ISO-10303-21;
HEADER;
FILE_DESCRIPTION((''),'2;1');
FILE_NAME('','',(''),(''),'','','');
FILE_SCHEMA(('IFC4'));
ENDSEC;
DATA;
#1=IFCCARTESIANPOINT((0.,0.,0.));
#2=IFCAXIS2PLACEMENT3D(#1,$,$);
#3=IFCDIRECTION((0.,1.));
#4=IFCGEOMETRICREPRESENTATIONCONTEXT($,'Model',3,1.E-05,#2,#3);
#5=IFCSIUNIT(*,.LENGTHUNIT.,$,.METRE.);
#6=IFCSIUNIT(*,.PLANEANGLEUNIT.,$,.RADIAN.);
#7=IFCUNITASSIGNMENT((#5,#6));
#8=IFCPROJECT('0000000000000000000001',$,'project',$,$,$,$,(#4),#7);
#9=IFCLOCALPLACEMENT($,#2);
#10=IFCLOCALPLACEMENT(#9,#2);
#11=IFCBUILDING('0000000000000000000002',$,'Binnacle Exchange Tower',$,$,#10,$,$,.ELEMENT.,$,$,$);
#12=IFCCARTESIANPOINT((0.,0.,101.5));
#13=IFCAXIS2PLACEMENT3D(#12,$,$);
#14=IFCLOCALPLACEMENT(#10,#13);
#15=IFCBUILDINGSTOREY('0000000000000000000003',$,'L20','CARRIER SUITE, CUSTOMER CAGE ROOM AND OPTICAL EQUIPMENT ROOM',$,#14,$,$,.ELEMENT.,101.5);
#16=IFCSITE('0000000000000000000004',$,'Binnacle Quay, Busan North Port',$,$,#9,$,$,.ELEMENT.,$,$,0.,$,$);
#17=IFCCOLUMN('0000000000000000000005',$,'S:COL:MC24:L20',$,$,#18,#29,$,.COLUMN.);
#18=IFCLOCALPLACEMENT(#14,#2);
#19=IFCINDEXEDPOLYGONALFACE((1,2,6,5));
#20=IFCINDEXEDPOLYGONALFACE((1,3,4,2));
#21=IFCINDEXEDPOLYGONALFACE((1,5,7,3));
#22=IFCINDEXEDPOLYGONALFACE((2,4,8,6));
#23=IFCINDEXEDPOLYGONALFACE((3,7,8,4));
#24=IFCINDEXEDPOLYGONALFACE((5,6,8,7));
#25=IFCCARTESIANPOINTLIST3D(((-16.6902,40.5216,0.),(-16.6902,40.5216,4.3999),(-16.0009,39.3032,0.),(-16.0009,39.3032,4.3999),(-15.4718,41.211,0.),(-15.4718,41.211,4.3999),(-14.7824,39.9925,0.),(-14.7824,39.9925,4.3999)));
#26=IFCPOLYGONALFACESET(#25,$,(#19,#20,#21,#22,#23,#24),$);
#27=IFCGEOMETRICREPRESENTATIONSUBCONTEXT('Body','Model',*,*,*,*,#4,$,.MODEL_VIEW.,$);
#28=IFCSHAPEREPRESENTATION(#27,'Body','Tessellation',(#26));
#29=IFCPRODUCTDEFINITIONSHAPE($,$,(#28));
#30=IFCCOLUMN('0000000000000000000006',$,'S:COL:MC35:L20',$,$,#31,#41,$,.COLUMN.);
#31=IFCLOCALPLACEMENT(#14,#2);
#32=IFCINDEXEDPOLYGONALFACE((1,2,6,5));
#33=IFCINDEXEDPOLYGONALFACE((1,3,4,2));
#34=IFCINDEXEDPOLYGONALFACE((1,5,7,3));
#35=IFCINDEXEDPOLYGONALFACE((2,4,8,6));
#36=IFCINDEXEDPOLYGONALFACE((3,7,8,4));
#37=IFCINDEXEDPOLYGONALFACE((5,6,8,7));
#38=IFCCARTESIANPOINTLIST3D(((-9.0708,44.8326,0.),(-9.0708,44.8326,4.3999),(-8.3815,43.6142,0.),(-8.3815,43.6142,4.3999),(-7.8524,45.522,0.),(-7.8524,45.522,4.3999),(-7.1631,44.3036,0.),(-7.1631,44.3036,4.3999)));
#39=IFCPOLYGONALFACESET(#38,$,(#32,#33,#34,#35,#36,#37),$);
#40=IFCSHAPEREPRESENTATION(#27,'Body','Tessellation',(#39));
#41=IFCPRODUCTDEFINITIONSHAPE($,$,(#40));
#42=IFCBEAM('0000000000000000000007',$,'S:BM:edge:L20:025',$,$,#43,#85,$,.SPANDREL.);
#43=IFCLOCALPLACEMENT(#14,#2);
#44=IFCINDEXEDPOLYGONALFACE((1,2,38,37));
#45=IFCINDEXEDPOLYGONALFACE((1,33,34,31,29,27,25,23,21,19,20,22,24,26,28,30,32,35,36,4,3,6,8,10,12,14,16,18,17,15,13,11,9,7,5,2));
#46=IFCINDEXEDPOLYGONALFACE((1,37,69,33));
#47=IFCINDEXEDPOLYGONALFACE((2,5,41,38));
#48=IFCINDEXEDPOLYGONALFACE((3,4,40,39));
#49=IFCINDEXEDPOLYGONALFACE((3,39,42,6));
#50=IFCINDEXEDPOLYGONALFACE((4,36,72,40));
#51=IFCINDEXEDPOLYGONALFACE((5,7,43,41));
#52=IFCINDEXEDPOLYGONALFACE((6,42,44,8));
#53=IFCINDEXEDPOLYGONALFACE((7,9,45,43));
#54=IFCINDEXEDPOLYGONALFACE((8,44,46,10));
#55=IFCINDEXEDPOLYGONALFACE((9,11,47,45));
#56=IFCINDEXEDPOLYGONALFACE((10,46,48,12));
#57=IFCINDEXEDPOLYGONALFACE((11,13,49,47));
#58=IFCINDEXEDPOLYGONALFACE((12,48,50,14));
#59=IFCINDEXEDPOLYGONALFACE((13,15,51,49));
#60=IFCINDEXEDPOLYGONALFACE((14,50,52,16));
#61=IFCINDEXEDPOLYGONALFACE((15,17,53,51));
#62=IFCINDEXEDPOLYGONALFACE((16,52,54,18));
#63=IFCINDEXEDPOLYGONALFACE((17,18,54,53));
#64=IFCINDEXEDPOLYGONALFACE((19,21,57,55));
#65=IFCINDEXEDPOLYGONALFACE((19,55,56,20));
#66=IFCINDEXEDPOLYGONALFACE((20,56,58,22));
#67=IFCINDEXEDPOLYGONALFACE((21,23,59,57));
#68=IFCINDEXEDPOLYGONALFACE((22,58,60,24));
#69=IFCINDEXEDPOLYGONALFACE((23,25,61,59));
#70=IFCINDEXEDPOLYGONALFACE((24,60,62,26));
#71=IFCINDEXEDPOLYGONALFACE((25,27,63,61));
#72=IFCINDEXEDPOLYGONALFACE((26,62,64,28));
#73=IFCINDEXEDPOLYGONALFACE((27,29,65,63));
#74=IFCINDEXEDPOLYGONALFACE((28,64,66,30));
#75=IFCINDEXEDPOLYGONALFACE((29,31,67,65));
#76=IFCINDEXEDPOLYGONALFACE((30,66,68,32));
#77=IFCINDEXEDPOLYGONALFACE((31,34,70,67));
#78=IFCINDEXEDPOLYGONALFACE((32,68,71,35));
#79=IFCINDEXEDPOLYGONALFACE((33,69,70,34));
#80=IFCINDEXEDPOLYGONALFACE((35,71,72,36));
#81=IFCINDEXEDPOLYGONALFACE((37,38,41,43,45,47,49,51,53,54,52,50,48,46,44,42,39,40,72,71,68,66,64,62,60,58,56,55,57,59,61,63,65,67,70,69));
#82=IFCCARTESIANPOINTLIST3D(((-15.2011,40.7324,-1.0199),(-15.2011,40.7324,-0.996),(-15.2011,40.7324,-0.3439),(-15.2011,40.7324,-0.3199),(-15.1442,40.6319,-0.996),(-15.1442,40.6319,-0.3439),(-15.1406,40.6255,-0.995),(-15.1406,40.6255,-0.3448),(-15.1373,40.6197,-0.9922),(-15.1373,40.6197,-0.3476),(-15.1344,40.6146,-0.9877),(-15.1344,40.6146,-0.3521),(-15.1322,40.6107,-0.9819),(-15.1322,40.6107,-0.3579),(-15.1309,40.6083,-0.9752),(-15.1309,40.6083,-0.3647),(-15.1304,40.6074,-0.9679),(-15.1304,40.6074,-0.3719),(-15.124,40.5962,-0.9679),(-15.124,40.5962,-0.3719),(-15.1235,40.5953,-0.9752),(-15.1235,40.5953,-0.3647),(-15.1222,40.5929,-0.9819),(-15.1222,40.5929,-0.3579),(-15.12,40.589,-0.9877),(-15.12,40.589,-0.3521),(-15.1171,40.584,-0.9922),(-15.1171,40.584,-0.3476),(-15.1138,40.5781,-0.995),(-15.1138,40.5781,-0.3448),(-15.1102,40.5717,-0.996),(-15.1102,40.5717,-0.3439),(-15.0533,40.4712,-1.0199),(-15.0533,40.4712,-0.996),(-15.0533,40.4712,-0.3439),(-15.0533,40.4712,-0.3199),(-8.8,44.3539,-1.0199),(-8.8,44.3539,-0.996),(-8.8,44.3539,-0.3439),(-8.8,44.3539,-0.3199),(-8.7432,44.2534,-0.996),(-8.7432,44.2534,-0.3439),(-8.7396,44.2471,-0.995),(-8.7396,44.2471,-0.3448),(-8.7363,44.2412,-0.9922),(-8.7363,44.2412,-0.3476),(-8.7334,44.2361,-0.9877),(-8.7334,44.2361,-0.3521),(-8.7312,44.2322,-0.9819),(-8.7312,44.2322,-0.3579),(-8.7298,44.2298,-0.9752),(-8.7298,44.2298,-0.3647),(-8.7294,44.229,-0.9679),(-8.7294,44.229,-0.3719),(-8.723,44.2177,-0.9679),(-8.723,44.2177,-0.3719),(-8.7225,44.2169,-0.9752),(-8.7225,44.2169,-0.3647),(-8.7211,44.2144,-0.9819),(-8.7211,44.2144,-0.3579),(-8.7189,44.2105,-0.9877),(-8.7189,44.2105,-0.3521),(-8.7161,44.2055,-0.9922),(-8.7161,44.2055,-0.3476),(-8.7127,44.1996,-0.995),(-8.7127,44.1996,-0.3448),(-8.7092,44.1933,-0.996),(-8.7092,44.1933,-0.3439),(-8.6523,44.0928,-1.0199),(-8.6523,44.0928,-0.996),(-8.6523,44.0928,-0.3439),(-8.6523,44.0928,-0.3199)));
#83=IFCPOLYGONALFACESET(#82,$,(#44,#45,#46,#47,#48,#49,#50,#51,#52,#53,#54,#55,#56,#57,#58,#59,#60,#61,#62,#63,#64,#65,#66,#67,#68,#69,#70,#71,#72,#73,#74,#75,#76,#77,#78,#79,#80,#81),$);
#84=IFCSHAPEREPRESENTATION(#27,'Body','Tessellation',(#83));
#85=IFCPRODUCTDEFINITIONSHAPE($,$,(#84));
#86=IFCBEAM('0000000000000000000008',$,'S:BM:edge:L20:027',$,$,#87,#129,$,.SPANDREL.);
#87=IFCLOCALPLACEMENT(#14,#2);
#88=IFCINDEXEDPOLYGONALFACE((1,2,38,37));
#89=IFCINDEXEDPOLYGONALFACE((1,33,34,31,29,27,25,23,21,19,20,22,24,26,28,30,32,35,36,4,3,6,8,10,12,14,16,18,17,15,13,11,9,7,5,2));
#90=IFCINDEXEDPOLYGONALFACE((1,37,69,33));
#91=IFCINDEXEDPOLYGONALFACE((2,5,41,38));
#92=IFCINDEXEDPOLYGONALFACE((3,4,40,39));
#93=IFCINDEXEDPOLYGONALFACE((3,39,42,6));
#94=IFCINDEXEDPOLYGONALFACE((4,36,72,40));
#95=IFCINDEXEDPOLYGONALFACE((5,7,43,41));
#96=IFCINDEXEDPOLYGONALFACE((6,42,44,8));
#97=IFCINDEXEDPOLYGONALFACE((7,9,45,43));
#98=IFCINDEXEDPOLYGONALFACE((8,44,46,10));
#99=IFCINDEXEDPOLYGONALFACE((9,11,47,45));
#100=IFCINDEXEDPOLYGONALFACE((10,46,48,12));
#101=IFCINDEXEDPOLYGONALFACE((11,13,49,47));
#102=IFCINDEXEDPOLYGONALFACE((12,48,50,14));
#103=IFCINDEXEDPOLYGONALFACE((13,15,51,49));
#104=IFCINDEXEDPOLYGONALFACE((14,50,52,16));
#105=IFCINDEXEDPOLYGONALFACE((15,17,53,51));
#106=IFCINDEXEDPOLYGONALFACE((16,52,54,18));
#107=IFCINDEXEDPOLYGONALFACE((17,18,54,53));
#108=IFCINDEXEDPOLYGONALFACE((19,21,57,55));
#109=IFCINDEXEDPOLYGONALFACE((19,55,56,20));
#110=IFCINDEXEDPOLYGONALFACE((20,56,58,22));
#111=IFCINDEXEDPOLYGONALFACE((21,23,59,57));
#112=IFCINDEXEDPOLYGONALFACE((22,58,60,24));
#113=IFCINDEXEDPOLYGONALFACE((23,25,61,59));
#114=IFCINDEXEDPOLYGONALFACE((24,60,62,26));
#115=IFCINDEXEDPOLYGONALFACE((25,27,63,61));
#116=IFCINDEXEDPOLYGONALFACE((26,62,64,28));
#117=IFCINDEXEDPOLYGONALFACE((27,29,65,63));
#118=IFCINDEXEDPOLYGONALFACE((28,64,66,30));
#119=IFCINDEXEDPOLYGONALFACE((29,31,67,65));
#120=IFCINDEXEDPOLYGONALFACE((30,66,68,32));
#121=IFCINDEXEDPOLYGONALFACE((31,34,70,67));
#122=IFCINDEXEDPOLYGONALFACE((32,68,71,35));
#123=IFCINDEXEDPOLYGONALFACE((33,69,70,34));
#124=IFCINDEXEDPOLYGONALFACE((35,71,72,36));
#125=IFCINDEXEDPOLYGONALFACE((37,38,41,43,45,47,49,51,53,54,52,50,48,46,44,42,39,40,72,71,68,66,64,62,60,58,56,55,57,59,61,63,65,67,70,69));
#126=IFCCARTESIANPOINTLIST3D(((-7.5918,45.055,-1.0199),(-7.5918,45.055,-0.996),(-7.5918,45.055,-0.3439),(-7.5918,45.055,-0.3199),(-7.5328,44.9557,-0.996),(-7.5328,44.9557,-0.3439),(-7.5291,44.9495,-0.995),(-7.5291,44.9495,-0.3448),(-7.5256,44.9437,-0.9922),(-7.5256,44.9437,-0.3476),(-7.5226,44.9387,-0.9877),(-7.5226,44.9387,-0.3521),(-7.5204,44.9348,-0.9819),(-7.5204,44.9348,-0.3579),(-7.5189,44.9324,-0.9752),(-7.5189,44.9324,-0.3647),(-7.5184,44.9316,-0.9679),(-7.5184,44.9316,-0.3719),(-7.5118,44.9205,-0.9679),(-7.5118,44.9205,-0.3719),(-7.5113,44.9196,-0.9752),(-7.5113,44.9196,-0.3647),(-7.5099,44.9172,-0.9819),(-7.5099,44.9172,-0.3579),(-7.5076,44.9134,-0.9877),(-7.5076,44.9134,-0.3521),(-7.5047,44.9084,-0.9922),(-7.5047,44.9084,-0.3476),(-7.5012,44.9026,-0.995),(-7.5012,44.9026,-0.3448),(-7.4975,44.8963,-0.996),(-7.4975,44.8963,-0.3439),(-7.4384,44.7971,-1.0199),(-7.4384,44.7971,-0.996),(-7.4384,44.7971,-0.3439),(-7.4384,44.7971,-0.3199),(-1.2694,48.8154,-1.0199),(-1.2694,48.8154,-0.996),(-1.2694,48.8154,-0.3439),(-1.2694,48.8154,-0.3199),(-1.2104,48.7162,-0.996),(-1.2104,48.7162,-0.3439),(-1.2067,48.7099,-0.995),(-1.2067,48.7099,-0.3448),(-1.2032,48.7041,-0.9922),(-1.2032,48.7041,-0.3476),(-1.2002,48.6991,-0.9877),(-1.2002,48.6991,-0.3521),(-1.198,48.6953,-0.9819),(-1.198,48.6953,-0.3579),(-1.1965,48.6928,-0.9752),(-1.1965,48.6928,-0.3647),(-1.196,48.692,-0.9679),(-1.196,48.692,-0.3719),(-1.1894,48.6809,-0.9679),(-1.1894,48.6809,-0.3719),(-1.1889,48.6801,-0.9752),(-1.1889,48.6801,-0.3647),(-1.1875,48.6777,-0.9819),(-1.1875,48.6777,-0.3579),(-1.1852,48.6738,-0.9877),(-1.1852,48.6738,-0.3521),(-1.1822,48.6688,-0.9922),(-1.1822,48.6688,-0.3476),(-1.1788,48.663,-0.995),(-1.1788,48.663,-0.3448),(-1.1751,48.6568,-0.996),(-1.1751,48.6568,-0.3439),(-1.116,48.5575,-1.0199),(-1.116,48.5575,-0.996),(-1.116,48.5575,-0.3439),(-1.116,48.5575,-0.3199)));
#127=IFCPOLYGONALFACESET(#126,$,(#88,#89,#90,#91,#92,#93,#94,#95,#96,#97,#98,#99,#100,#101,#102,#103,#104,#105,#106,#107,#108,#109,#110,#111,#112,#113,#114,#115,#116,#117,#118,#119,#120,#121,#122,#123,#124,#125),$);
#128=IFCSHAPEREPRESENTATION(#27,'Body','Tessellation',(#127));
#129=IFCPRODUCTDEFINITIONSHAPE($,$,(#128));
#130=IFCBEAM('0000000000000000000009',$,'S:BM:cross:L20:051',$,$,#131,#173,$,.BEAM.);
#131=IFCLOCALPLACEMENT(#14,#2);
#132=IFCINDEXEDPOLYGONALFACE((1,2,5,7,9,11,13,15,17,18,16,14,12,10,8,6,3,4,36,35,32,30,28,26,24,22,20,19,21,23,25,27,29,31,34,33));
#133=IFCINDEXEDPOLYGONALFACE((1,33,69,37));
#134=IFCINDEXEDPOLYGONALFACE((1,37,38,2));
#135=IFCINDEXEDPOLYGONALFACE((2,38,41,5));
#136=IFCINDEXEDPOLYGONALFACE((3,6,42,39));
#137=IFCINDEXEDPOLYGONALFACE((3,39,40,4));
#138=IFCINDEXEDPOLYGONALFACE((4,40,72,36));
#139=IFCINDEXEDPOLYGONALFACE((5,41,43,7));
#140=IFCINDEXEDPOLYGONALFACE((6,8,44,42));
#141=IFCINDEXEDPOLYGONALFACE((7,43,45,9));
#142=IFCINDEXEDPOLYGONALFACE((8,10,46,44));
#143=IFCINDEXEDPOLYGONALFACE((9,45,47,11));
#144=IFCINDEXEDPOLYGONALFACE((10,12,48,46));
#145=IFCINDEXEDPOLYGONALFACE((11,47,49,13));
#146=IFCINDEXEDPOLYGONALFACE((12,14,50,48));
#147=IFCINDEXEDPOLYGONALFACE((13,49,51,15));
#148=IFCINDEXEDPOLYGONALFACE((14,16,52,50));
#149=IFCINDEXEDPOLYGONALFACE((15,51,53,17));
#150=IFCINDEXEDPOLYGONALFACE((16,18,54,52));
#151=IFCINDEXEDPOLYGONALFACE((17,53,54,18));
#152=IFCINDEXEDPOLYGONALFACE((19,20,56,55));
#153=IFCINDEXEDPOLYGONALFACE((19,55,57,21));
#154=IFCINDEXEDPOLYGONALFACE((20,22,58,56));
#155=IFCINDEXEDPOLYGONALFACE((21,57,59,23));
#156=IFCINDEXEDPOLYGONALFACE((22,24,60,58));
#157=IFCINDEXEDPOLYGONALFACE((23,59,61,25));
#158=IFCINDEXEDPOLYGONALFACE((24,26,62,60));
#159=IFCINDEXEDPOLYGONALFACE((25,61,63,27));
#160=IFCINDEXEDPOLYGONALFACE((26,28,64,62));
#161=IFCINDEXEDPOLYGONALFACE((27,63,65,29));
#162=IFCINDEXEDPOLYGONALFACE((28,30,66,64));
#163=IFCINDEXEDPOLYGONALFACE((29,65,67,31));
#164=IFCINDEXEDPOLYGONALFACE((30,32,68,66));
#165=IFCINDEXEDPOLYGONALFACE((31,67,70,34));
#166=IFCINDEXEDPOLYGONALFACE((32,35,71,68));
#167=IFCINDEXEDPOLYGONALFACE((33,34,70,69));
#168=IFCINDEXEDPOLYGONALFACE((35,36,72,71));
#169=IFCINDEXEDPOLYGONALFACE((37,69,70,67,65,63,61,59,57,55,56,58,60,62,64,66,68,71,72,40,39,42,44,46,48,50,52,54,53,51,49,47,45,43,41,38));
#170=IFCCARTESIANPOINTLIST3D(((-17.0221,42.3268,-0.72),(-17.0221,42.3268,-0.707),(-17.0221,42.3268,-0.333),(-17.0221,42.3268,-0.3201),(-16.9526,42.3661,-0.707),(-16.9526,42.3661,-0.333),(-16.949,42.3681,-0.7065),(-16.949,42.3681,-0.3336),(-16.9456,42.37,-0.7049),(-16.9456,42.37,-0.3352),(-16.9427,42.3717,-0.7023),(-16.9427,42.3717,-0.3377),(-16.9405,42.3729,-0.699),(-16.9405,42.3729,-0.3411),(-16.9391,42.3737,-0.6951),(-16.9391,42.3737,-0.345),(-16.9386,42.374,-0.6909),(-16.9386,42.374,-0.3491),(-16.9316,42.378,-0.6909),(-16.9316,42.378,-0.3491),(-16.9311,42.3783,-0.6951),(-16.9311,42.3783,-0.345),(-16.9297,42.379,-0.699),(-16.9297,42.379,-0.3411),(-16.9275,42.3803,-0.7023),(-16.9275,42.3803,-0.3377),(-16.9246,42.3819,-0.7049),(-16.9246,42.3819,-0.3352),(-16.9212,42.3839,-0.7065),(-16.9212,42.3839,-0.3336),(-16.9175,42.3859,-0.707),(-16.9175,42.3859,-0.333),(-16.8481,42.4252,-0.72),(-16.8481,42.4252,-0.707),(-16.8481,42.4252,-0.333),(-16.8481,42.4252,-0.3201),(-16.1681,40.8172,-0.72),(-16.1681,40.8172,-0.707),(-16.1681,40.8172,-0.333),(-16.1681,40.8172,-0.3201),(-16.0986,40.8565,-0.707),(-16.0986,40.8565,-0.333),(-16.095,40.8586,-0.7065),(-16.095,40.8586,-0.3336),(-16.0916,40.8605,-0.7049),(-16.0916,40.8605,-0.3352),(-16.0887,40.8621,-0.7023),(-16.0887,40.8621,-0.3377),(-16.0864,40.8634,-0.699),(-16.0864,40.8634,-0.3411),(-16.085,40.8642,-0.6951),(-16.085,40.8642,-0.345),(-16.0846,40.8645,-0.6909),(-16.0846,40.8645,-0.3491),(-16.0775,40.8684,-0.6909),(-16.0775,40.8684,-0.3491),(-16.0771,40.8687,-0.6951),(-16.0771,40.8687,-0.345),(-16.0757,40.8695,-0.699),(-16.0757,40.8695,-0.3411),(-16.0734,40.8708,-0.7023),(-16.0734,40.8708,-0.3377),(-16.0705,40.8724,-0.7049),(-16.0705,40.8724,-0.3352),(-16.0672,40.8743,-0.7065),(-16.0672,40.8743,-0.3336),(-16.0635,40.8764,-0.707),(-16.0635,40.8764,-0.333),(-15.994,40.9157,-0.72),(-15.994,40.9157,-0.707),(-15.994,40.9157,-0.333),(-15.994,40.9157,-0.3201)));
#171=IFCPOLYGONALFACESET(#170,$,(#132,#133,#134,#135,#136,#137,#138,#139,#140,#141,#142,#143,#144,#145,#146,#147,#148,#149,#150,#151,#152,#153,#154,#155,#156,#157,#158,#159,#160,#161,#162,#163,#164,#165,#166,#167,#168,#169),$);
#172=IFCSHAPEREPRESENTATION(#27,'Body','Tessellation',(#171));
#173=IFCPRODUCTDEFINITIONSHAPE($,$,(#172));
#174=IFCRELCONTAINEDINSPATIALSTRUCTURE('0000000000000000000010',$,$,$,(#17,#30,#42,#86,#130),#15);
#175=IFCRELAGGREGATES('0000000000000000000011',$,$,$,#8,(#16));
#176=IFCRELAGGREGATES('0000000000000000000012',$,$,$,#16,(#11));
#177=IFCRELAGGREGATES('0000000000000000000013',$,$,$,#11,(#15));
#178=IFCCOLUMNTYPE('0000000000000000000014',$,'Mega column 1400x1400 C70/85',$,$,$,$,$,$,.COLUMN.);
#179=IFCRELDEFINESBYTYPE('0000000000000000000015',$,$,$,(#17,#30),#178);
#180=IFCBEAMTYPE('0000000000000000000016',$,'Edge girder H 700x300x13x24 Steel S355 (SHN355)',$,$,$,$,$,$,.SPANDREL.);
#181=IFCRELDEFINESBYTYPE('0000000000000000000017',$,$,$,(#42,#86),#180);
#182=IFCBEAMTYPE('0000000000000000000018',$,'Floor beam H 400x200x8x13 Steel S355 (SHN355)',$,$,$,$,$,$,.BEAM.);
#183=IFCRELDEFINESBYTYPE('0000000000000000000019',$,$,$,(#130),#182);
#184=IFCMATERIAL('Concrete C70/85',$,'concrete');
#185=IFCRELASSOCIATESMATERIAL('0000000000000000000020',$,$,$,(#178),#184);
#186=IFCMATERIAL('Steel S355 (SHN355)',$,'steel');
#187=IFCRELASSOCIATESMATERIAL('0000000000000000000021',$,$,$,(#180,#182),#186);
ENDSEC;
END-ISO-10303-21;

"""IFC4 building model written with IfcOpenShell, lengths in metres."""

from ifc_helpers import new_model, si_unit, direction, frame, origin, origin_2d, place, context, subcontext, project, spatial, rectangle, i_section, extrude, material, material_profile, profile_set, type_object, element, save


model = new_model("IFC4")

# Units and contexts
model_context = context("Model", 3, precision=1e-05, world=origin(), true_north=direction((0.0, 1.0)))
body_context = subcontext(model_context, "Body", "Model", "MODEL_VIEW")
ifc_project = project(units=[si_unit("LENGTHUNIT", "METRE"), si_unit("PLANEANGLEUNIT", "RADIAN")], contexts=[model_context])

# Site, building, storey
site_placement = place(None, origin())
site = spatial("IfcSite", under=ifc_project, at=site_placement, Name="Binnacle Quay, Busan North Port", CompositionType="ELEMENT", RefElevation=0.0)
building_placement = place(site_placement, origin())
building = spatial("IfcBuilding", under=site, at=building_placement, Name="Binnacle Exchange Tower", CompositionType="ELEMENT")
storey_placement = place(building_placement, frame((0.0, 0.0, 101.5)))
storey = spatial("IfcBuildingStorey", under=building, at=storey_placement, Name="L20", Description="CARRIER SUITE, CUSTOMER CAGE ROOM AND OPTICAL EQUIPMENT ROOM", CompositionType="ELEMENT", Elevation=101.5)

# Columns
ifc_material_1 = material(Name="Concrete C70/85", Category="concrete")
ifc_material_profile_1 = material_profile(ifc_material_1, rectangle(XDim=1.3999, YDim=1.3999, at=origin_2d()), Name="Mega column 1400x1400 C70/85")
ifc_profile_set_1 = profile_set([ifc_material_profile_1], Name="Concrete C70/85")
column_type = type_object("IfcColumnType", Name="Mega column 1400x1400 C70/85", PredefinedType="COLUMN", material=ifc_profile_set_1)
for number, where, z_axis, x_axis, name in (
    (1, (-15.7363, 40.2571, 0.0), (0.0, 0.0, 1.0), (0.870356, 0.492424, 0.0), "S:COL:MC24:L20"),
    (2, (-8.1169, 44.5681, 0.0), (0.0, 0.0, 1.0), (0.870356, 0.492424, 0.0), "S:COL:MC35:L20"),
):
    element("IfcColumn", number, at=place(storey_placement, frame(where, z_axis=z_axis, x_axis=x_axis)), inside=storey, type_object=column_type, Name=name, PredefinedType="COLUMN", context=body_context, shape_type="SweptSolid", body=[
        extrude(rectangle(XDim=1.3999, YDim=1.3999, at=origin_2d()), origin(), (0.0, 0.0, 1.0), 4.3999),
    ])

# Beams
ifc_material_2 = material(Name="Steel S355 (SHN355)", Category="steel")
ifc_material_profile_2 = material_profile(ifc_material_2, i_section(OverallWidth=0.3, OverallDepth=0.7, WebThickness=0.0129, FlangeThickness=0.0239, FilletRadius=0.0281, at=origin_2d()), Name="H 700x300x13x24")
ifc_profile_set_2 = profile_set([ifc_material_profile_2], Name="Steel S355 (SHN355)")
beam_type_1 = type_object("IfcBeamType", Name="Edge girder H 700x300x13x24 Steel S355 (SHN355)", PredefinedType="SPANDREL", material=ifc_profile_set_2)
beam_1_placement = place(storey_placement, frame((-15.1272, 40.6018, -0.6699), z_axis=(0.870356, 0.492424, 0.0), x_axis=(-0.492424, 0.870356, 0.0)))
element("IfcBeam", 3, at=beam_1_placement, inside=storey, type_object=beam_type_1, Name="S:BM:edge:L20:025", PredefinedType="SPANDREL", context=body_context, shape_type="SweptSolid", body=[
    extrude(i_section(OverallWidth=0.3, OverallDepth=0.7, WebThickness=0.0129, FlangeThickness=0.0239, FilletRadius=0.0281, at=origin_2d()), origin(), (0.0, 0.0, 1.0), 7.3545),
])
beam_2_placement = place(storey_placement, frame((-7.5151, 44.926, -0.6699), z_axis=(0.859466, 0.511193, 0.0), x_axis=(-0.511193, 0.859466, 0.0)))
element("IfcBeam", 4, at=beam_2_placement, inside=storey, type_object=beam_type_1, Name="S:BM:edge:L20:027", PredefinedType="SPANDREL", context=body_context, shape_type="SweptSolid", body=[
    extrude(i_section(OverallWidth=0.3, OverallDepth=0.7, WebThickness=0.0129, FlangeThickness=0.0239, FilletRadius=0.0281, at=origin_2d()), origin(), (0.0, 0.0, 1.0), 7.3562),
])
ifc_material_profile_3 = material_profile(ifc_material_2, i_section(OverallWidth=0.2, OverallDepth=0.3999, WebThickness=0.0081, FlangeThickness=0.0129, FilletRadius=0.0161, at=origin_2d()), Name="H 400x200x8x13")
ifc_profile_set_3 = profile_set([ifc_material_profile_3], Name="Steel S355 (SHN355)")
beam_type_2 = type_object("IfcBeamType", Name="Floor beam H 400x200x8x13 Steel S355 (SHN355)", PredefinedType="BEAM", material=ifc_profile_set_3)
beam_3_placement = place(storey_placement, frame((-16.0811, 40.8665, -0.52), z_axis=(-0.492405, 0.870366, 0.0), x_axis=(-0.870366, -0.492405, 0.0)))
element("IfcBeam", 5, at=beam_3_placement, inside=storey, type_object=beam_type_2, Name="S:BM:cross:L20:051", PredefinedType="BEAM", context=body_context, shape_type="SweptSolid", body=[
    extrude(i_section(OverallWidth=0.2, OverallDepth=0.3999, WebThickness=0.0081, FlangeThickness=0.0129, FilletRadius=0.0161, at=origin_2d()), origin(), (0.0, 0.0, 1.0), 1.7344),
])

save(model, "model.ifc")
